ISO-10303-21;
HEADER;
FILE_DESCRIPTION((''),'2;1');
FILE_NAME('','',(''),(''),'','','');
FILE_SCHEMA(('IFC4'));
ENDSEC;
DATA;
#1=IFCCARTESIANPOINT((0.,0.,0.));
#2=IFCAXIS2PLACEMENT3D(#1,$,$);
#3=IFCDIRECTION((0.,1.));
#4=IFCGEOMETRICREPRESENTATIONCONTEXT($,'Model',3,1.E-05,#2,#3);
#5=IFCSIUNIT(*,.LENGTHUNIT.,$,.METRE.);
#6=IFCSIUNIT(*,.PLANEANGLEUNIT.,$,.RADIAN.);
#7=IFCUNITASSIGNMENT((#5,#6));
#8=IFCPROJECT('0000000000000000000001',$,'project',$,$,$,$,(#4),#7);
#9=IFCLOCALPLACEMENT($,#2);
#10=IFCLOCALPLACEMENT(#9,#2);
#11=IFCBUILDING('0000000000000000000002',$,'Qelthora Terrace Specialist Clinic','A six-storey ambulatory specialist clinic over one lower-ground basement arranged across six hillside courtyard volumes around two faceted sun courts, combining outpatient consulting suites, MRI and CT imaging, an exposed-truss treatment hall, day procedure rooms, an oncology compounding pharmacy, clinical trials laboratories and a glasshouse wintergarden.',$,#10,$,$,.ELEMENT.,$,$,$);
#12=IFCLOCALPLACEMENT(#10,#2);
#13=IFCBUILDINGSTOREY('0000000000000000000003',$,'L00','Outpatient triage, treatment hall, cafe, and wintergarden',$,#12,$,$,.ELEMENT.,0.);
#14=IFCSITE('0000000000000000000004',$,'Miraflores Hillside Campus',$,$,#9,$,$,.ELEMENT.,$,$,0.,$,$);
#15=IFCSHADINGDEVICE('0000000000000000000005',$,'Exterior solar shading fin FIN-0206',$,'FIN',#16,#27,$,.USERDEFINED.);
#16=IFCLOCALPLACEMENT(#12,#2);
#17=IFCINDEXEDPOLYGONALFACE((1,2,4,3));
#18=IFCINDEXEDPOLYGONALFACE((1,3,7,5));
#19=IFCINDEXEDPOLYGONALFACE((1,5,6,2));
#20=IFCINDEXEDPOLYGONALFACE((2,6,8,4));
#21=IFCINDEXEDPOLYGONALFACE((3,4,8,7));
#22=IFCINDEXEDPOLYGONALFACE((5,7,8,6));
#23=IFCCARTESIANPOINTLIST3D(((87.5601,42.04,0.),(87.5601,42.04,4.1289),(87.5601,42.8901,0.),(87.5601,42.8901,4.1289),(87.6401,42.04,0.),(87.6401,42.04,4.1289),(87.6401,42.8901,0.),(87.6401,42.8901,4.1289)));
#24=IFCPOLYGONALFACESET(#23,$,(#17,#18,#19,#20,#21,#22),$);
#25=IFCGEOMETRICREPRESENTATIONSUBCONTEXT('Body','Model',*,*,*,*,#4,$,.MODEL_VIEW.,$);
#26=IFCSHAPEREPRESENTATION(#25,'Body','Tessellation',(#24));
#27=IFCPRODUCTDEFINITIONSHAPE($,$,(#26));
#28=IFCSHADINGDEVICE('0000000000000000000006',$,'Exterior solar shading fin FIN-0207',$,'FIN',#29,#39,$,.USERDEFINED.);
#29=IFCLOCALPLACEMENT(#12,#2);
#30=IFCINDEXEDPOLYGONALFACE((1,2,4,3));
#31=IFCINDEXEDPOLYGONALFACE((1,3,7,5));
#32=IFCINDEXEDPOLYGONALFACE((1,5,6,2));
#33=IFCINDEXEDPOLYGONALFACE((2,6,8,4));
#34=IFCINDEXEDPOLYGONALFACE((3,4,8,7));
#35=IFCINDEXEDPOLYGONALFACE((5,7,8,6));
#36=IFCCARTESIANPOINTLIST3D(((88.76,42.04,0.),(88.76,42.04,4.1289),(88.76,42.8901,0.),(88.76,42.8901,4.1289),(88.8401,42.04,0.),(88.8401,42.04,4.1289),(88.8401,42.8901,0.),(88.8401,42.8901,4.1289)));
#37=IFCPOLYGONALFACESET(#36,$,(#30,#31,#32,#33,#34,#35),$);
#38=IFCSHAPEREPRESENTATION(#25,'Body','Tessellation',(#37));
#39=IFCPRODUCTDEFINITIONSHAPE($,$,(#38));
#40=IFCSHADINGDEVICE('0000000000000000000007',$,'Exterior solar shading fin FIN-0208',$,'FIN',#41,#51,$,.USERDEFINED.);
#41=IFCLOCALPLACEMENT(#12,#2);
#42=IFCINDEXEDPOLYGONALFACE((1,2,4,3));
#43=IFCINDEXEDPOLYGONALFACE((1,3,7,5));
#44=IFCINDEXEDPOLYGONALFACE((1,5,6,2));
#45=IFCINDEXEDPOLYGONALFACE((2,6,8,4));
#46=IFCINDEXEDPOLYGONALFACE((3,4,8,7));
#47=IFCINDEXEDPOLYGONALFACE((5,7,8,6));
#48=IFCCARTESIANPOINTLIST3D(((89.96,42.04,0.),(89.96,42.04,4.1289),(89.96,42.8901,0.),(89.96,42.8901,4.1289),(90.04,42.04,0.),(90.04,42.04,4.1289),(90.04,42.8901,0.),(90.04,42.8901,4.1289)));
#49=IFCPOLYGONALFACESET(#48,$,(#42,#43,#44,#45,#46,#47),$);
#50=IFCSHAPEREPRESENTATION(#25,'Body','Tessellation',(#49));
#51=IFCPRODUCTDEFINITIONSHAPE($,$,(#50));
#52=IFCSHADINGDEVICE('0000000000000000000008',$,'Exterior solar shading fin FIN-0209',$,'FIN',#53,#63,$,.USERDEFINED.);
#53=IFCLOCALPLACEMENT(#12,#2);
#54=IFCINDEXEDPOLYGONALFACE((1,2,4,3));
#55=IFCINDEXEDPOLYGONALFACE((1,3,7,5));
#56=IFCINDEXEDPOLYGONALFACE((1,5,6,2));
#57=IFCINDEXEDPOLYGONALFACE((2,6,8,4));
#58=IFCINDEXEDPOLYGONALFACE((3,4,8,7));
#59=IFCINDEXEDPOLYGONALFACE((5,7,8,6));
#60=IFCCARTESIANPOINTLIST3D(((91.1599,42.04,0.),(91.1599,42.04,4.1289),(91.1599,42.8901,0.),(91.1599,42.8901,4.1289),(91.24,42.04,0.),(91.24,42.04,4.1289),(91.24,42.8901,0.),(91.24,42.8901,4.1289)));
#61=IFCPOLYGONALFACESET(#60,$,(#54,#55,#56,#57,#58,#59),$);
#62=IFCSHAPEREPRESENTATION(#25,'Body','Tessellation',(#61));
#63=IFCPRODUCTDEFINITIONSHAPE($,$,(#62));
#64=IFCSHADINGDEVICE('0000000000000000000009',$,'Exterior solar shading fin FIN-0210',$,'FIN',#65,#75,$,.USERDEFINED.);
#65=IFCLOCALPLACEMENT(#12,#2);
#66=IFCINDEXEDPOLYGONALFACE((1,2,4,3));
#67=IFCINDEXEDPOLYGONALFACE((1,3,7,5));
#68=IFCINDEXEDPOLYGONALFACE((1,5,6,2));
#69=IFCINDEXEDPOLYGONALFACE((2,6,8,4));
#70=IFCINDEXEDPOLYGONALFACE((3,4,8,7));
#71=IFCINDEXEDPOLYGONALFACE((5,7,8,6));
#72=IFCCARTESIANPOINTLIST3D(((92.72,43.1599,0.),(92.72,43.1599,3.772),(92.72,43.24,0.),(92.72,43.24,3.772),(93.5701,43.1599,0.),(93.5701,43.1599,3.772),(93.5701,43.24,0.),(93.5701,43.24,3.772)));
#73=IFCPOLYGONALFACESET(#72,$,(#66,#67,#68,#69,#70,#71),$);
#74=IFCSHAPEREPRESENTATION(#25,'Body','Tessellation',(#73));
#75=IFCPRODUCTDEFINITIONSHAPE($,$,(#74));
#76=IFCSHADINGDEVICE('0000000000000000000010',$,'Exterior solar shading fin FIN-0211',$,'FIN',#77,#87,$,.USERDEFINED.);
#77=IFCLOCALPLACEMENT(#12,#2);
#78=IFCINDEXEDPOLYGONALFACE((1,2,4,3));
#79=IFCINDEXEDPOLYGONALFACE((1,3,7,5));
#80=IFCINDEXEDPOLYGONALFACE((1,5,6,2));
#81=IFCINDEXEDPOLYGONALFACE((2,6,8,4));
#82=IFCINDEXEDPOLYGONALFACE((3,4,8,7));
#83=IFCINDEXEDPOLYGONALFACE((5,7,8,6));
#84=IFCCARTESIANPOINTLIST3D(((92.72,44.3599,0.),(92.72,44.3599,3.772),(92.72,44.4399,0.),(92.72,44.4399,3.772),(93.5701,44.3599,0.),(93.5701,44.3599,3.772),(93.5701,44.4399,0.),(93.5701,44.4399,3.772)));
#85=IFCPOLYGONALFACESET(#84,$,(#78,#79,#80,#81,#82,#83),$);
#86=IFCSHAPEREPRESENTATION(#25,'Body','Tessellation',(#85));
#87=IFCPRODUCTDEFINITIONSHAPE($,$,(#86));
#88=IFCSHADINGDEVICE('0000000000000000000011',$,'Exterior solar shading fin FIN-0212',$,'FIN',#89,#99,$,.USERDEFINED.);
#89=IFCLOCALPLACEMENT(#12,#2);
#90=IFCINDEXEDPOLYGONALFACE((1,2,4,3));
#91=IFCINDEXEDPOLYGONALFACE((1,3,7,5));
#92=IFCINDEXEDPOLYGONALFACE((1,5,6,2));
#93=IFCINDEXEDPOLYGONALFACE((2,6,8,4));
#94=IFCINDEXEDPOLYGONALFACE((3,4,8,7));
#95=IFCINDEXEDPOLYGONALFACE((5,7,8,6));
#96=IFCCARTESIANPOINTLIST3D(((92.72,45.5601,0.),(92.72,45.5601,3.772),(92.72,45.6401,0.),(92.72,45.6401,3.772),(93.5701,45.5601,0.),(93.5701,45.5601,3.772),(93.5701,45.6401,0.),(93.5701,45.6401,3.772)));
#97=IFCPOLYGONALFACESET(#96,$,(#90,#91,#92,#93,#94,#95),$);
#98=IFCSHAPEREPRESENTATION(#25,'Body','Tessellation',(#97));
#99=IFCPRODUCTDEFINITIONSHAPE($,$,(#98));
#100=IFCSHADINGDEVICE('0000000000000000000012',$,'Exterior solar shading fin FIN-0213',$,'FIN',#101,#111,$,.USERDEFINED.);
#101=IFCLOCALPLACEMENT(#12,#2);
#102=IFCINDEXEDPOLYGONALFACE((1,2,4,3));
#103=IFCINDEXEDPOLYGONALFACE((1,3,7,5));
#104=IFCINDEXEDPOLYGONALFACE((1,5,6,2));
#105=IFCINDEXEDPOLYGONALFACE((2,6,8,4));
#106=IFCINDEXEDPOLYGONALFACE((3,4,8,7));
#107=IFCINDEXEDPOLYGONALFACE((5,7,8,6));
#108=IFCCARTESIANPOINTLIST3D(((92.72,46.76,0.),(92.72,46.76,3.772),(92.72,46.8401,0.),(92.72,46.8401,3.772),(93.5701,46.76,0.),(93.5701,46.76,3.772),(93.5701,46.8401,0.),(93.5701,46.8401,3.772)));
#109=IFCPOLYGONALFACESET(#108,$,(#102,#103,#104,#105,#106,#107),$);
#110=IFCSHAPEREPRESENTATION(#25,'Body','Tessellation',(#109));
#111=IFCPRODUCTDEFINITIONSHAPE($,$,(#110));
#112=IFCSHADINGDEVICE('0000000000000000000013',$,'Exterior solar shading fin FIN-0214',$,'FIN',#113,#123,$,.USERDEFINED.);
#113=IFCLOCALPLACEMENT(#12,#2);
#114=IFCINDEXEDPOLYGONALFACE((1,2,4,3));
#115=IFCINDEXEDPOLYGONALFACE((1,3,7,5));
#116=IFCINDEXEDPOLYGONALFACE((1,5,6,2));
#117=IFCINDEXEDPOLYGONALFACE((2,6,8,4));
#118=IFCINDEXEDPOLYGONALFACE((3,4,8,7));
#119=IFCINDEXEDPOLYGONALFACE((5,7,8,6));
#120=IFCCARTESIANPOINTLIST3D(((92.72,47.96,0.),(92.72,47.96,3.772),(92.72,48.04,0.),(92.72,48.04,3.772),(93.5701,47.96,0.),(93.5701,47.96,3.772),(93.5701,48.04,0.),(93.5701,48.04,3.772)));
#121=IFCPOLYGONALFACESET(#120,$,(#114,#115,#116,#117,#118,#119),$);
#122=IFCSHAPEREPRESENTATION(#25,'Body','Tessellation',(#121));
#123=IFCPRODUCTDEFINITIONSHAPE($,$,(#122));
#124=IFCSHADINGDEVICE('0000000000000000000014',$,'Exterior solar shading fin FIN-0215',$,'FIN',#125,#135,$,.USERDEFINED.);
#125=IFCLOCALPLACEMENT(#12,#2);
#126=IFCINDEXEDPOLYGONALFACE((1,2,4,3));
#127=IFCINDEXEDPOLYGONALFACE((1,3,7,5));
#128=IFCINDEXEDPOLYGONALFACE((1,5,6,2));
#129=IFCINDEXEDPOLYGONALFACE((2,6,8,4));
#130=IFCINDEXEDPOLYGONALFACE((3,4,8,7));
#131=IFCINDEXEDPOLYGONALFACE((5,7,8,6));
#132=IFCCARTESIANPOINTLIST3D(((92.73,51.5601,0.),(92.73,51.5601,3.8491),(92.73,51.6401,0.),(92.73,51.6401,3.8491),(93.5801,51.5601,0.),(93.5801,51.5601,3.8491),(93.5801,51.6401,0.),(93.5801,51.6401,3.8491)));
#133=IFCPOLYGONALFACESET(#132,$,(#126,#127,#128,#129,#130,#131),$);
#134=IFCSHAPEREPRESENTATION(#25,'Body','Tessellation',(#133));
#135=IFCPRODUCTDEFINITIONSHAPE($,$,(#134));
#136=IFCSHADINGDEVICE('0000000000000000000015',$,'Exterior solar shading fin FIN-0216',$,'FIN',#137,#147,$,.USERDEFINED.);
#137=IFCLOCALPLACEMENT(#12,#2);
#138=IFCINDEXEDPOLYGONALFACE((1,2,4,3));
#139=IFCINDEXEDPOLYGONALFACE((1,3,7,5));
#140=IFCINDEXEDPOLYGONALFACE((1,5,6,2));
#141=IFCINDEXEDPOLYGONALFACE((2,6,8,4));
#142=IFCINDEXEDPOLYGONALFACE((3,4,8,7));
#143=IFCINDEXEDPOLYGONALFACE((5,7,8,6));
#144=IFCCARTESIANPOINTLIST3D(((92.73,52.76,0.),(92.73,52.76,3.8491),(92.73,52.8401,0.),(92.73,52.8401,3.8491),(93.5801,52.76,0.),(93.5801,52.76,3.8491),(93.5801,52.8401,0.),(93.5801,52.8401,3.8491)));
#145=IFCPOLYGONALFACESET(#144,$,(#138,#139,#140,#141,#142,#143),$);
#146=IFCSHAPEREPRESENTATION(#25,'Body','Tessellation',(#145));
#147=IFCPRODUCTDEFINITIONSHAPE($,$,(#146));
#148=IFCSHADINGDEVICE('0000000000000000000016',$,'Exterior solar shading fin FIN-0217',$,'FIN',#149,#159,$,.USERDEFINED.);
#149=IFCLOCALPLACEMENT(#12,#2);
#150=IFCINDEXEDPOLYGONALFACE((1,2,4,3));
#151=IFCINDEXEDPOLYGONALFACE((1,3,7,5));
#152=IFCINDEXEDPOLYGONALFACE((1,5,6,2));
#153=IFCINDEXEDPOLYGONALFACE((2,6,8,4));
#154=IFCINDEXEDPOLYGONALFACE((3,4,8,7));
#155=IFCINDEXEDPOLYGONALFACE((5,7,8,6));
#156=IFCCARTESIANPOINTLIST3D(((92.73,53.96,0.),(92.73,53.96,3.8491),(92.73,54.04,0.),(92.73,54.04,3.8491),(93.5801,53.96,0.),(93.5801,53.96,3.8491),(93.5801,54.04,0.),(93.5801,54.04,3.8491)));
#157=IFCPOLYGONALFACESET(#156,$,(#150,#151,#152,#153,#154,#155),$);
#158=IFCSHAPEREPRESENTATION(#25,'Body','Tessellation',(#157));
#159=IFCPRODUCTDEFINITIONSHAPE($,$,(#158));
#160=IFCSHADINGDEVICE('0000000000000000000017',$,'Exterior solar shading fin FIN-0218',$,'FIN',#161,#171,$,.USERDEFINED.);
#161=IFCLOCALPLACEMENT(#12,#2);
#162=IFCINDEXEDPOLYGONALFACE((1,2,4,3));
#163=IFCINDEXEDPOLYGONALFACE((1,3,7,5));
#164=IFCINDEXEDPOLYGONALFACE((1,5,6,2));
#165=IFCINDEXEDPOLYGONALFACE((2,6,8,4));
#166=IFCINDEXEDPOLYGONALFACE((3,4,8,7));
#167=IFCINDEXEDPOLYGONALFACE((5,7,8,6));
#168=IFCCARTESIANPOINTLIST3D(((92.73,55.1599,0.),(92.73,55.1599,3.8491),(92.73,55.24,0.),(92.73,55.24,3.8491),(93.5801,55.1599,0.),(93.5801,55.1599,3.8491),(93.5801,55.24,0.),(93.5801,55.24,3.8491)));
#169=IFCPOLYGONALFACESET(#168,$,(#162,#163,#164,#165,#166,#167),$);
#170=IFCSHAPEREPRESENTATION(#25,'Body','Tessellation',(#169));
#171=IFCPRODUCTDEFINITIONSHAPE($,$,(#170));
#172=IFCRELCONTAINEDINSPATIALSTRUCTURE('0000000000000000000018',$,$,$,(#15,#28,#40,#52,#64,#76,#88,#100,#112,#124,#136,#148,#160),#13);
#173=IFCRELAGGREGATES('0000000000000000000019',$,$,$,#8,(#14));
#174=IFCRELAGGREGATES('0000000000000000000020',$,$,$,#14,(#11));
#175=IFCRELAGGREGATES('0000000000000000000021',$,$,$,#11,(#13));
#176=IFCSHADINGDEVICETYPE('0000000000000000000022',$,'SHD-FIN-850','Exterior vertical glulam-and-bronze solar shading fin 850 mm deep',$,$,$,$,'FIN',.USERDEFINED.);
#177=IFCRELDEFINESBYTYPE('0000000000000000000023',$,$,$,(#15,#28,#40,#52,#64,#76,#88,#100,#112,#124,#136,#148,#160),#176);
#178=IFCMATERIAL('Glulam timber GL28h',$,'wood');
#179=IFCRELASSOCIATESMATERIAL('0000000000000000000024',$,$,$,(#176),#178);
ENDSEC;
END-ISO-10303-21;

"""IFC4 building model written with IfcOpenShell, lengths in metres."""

from ifc_helpers import new_model, si_unit, direction, frame, origin, origin_2d, place, context, subcontext, project, spatial, rectangle, extrude, material, type_object, element, save


model = new_model("IFC4")

# Units and contexts
model_context = context("Model", 3, precision=1e-05, world=origin(), true_north=direction((0.0, 1.0)))
body_context = subcontext(model_context, "Body", "Model", "MODEL_VIEW")
ifc_project = project(units=[si_unit("LENGTHUNIT", "METRE"), si_unit("PLANEANGLEUNIT", "RADIAN")], contexts=[model_context])

# Site, building, storey
site_placement = place(None, origin())
site = spatial("IfcSite", under=ifc_project, at=site_placement, Name="Miraflores Hillside Campus", CompositionType="ELEMENT", RefElevation=0.0)
building_placement = place(site_placement, origin())
building = spatial("IfcBuilding", under=site, at=building_placement, Name="Qelthora Terrace Specialist Clinic", Description="A six-storey ambulatory specialist clinic over one lower-ground basement arranged across six hillside courtyard volumes around two faceted sun courts, combining outpatient consulting suites, MRI and CT imaging, an exposed-truss treatment hall, day procedure rooms, an oncology compounding pharmacy, clinical trials laboratories and a glasshouse wintergarden.", CompositionType="ELEMENT")
storey_placement = place(building_placement, origin())
storey = spatial("IfcBuildingStorey", under=building, at=storey_placement, Name="L00", Description="Outpatient triage, treatment hall, cafe, and wintergarden", CompositionType="ELEMENT", Elevation=0.0)

# Shading devices
ifc_material_1 = material(Name="Glulam timber GL28h", Category="wood")
shading_device_type = type_object("IfcShadingDeviceType", Name="SHD-FIN-850", Description="Exterior vertical glulam-and-bronze solar shading fin 850 mm deep", ElementType="FIN", PredefinedType="USERDEFINED", material=ifc_material_1)
for number, where, z_axis, x_axis, name in (
    (1, (87.6001, 42.4651, 0.0), (0.0, 0.0, 1.0), (0.0, 1.0, 0.0), "Exterior solar shading fin FIN-0206"),
    (2, (88.8, 42.4651, 0.0), (0.0, 0.0, 1.0), (0.0, 1.0, 0.0), "Exterior solar shading fin FIN-0207"),
    (3, (90.0, 42.4651, 0.0), (0.0, 0.0, 1.0), (0.0, 1.0, 0.0), "Exterior solar shading fin FIN-0208"),
    (4, (91.2, 42.4651, 0.0), (0.0, 0.0, 1.0), (0.0, 1.0, 0.0), "Exterior solar shading fin FIN-0209"),
):
    element("IfcShadingDevice", number, at=place(storey_placement, frame(where, z_axis=z_axis, x_axis=x_axis)), inside=storey, type_object=shading_device_type, Name=name, ObjectType="FIN", PredefinedType="USERDEFINED", context=body_context, shape_type="SweptSolid", body=[
        extrude(rectangle(XDim=0.8501, YDim=0.0801, at=origin_2d()), origin(), (0.0, 0.0, 1.0), 4.1289),
    ])
for number, where, z_axis, x_axis, name in (
    (5, (93.145, 43.2, 0.0), (0.0, 0.0, 1.0), (-1.0, 0.0, 0.0), "Exterior solar shading fin FIN-0210"),
    (6, (93.145, 44.3999, 0.0), (0.0, 0.0, 1.0), (-1.0, 0.0, 0.0), "Exterior solar shading fin FIN-0211"),
    (7, (93.145, 45.6001, 0.0), (0.0, 0.0, 1.0), (-1.0, 0.0, 0.0), "Exterior solar shading fin FIN-0212"),
    (8, (93.145, 46.8, 0.0), (0.0, 0.0, 1.0), (-1.0, 0.0, 0.0), "Exterior solar shading fin FIN-0213"),
    (9, (93.145, 48.0, 0.0), (0.0, 0.0, 1.0), (-1.0, 0.0, 0.0), "Exterior solar shading fin FIN-0214"),
):
    element("IfcShadingDevice", number, at=place(storey_placement, frame(where, z_axis=z_axis, x_axis=x_axis)), inside=storey, type_object=shading_device_type, Name=name, ObjectType="FIN", PredefinedType="USERDEFINED", context=body_context, shape_type="SweptSolid", body=[
        extrude(rectangle(XDim=0.8501, YDim=0.0801, at=origin_2d()), origin(), (0.0, 0.0, 1.0), 3.772),
    ])
for number, where, z_axis, x_axis, name in (
    (10, (93.155, 51.6001, 0.0), (0.0, 0.0, 1.0), (-1.0, 0.0, 0.0), "Exterior solar shading fin FIN-0215"),
    (11, (93.155, 52.8, 0.0), (0.0, 0.0, 1.0), (-1.0, 0.0, 0.0), "Exterior solar shading fin FIN-0216"),
    (12, (93.155, 54.0, 0.0), (0.0, 0.0, 1.0), (-1.0, 0.0, 0.0), "Exterior solar shading fin FIN-0217"),
    (13, (93.155, 55.2, 0.0), (0.0, 0.0, 1.0), (-1.0, 0.0, 0.0), "Exterior solar shading fin FIN-0218"),
):
    element("IfcShadingDevice", number, at=place(storey_placement, frame(where, z_axis=z_axis, x_axis=x_axis)), inside=storey, type_object=shading_device_type, Name=name, ObjectType="FIN", PredefinedType="USERDEFINED", context=body_context, shape_type="SweptSolid", body=[
        extrude(rectangle(XDim=0.8501, YDim=0.0801, at=origin_2d()), origin(), (0.0, 0.0, 1.0), 3.8491),
    ])

save(model, "model.ifc")
